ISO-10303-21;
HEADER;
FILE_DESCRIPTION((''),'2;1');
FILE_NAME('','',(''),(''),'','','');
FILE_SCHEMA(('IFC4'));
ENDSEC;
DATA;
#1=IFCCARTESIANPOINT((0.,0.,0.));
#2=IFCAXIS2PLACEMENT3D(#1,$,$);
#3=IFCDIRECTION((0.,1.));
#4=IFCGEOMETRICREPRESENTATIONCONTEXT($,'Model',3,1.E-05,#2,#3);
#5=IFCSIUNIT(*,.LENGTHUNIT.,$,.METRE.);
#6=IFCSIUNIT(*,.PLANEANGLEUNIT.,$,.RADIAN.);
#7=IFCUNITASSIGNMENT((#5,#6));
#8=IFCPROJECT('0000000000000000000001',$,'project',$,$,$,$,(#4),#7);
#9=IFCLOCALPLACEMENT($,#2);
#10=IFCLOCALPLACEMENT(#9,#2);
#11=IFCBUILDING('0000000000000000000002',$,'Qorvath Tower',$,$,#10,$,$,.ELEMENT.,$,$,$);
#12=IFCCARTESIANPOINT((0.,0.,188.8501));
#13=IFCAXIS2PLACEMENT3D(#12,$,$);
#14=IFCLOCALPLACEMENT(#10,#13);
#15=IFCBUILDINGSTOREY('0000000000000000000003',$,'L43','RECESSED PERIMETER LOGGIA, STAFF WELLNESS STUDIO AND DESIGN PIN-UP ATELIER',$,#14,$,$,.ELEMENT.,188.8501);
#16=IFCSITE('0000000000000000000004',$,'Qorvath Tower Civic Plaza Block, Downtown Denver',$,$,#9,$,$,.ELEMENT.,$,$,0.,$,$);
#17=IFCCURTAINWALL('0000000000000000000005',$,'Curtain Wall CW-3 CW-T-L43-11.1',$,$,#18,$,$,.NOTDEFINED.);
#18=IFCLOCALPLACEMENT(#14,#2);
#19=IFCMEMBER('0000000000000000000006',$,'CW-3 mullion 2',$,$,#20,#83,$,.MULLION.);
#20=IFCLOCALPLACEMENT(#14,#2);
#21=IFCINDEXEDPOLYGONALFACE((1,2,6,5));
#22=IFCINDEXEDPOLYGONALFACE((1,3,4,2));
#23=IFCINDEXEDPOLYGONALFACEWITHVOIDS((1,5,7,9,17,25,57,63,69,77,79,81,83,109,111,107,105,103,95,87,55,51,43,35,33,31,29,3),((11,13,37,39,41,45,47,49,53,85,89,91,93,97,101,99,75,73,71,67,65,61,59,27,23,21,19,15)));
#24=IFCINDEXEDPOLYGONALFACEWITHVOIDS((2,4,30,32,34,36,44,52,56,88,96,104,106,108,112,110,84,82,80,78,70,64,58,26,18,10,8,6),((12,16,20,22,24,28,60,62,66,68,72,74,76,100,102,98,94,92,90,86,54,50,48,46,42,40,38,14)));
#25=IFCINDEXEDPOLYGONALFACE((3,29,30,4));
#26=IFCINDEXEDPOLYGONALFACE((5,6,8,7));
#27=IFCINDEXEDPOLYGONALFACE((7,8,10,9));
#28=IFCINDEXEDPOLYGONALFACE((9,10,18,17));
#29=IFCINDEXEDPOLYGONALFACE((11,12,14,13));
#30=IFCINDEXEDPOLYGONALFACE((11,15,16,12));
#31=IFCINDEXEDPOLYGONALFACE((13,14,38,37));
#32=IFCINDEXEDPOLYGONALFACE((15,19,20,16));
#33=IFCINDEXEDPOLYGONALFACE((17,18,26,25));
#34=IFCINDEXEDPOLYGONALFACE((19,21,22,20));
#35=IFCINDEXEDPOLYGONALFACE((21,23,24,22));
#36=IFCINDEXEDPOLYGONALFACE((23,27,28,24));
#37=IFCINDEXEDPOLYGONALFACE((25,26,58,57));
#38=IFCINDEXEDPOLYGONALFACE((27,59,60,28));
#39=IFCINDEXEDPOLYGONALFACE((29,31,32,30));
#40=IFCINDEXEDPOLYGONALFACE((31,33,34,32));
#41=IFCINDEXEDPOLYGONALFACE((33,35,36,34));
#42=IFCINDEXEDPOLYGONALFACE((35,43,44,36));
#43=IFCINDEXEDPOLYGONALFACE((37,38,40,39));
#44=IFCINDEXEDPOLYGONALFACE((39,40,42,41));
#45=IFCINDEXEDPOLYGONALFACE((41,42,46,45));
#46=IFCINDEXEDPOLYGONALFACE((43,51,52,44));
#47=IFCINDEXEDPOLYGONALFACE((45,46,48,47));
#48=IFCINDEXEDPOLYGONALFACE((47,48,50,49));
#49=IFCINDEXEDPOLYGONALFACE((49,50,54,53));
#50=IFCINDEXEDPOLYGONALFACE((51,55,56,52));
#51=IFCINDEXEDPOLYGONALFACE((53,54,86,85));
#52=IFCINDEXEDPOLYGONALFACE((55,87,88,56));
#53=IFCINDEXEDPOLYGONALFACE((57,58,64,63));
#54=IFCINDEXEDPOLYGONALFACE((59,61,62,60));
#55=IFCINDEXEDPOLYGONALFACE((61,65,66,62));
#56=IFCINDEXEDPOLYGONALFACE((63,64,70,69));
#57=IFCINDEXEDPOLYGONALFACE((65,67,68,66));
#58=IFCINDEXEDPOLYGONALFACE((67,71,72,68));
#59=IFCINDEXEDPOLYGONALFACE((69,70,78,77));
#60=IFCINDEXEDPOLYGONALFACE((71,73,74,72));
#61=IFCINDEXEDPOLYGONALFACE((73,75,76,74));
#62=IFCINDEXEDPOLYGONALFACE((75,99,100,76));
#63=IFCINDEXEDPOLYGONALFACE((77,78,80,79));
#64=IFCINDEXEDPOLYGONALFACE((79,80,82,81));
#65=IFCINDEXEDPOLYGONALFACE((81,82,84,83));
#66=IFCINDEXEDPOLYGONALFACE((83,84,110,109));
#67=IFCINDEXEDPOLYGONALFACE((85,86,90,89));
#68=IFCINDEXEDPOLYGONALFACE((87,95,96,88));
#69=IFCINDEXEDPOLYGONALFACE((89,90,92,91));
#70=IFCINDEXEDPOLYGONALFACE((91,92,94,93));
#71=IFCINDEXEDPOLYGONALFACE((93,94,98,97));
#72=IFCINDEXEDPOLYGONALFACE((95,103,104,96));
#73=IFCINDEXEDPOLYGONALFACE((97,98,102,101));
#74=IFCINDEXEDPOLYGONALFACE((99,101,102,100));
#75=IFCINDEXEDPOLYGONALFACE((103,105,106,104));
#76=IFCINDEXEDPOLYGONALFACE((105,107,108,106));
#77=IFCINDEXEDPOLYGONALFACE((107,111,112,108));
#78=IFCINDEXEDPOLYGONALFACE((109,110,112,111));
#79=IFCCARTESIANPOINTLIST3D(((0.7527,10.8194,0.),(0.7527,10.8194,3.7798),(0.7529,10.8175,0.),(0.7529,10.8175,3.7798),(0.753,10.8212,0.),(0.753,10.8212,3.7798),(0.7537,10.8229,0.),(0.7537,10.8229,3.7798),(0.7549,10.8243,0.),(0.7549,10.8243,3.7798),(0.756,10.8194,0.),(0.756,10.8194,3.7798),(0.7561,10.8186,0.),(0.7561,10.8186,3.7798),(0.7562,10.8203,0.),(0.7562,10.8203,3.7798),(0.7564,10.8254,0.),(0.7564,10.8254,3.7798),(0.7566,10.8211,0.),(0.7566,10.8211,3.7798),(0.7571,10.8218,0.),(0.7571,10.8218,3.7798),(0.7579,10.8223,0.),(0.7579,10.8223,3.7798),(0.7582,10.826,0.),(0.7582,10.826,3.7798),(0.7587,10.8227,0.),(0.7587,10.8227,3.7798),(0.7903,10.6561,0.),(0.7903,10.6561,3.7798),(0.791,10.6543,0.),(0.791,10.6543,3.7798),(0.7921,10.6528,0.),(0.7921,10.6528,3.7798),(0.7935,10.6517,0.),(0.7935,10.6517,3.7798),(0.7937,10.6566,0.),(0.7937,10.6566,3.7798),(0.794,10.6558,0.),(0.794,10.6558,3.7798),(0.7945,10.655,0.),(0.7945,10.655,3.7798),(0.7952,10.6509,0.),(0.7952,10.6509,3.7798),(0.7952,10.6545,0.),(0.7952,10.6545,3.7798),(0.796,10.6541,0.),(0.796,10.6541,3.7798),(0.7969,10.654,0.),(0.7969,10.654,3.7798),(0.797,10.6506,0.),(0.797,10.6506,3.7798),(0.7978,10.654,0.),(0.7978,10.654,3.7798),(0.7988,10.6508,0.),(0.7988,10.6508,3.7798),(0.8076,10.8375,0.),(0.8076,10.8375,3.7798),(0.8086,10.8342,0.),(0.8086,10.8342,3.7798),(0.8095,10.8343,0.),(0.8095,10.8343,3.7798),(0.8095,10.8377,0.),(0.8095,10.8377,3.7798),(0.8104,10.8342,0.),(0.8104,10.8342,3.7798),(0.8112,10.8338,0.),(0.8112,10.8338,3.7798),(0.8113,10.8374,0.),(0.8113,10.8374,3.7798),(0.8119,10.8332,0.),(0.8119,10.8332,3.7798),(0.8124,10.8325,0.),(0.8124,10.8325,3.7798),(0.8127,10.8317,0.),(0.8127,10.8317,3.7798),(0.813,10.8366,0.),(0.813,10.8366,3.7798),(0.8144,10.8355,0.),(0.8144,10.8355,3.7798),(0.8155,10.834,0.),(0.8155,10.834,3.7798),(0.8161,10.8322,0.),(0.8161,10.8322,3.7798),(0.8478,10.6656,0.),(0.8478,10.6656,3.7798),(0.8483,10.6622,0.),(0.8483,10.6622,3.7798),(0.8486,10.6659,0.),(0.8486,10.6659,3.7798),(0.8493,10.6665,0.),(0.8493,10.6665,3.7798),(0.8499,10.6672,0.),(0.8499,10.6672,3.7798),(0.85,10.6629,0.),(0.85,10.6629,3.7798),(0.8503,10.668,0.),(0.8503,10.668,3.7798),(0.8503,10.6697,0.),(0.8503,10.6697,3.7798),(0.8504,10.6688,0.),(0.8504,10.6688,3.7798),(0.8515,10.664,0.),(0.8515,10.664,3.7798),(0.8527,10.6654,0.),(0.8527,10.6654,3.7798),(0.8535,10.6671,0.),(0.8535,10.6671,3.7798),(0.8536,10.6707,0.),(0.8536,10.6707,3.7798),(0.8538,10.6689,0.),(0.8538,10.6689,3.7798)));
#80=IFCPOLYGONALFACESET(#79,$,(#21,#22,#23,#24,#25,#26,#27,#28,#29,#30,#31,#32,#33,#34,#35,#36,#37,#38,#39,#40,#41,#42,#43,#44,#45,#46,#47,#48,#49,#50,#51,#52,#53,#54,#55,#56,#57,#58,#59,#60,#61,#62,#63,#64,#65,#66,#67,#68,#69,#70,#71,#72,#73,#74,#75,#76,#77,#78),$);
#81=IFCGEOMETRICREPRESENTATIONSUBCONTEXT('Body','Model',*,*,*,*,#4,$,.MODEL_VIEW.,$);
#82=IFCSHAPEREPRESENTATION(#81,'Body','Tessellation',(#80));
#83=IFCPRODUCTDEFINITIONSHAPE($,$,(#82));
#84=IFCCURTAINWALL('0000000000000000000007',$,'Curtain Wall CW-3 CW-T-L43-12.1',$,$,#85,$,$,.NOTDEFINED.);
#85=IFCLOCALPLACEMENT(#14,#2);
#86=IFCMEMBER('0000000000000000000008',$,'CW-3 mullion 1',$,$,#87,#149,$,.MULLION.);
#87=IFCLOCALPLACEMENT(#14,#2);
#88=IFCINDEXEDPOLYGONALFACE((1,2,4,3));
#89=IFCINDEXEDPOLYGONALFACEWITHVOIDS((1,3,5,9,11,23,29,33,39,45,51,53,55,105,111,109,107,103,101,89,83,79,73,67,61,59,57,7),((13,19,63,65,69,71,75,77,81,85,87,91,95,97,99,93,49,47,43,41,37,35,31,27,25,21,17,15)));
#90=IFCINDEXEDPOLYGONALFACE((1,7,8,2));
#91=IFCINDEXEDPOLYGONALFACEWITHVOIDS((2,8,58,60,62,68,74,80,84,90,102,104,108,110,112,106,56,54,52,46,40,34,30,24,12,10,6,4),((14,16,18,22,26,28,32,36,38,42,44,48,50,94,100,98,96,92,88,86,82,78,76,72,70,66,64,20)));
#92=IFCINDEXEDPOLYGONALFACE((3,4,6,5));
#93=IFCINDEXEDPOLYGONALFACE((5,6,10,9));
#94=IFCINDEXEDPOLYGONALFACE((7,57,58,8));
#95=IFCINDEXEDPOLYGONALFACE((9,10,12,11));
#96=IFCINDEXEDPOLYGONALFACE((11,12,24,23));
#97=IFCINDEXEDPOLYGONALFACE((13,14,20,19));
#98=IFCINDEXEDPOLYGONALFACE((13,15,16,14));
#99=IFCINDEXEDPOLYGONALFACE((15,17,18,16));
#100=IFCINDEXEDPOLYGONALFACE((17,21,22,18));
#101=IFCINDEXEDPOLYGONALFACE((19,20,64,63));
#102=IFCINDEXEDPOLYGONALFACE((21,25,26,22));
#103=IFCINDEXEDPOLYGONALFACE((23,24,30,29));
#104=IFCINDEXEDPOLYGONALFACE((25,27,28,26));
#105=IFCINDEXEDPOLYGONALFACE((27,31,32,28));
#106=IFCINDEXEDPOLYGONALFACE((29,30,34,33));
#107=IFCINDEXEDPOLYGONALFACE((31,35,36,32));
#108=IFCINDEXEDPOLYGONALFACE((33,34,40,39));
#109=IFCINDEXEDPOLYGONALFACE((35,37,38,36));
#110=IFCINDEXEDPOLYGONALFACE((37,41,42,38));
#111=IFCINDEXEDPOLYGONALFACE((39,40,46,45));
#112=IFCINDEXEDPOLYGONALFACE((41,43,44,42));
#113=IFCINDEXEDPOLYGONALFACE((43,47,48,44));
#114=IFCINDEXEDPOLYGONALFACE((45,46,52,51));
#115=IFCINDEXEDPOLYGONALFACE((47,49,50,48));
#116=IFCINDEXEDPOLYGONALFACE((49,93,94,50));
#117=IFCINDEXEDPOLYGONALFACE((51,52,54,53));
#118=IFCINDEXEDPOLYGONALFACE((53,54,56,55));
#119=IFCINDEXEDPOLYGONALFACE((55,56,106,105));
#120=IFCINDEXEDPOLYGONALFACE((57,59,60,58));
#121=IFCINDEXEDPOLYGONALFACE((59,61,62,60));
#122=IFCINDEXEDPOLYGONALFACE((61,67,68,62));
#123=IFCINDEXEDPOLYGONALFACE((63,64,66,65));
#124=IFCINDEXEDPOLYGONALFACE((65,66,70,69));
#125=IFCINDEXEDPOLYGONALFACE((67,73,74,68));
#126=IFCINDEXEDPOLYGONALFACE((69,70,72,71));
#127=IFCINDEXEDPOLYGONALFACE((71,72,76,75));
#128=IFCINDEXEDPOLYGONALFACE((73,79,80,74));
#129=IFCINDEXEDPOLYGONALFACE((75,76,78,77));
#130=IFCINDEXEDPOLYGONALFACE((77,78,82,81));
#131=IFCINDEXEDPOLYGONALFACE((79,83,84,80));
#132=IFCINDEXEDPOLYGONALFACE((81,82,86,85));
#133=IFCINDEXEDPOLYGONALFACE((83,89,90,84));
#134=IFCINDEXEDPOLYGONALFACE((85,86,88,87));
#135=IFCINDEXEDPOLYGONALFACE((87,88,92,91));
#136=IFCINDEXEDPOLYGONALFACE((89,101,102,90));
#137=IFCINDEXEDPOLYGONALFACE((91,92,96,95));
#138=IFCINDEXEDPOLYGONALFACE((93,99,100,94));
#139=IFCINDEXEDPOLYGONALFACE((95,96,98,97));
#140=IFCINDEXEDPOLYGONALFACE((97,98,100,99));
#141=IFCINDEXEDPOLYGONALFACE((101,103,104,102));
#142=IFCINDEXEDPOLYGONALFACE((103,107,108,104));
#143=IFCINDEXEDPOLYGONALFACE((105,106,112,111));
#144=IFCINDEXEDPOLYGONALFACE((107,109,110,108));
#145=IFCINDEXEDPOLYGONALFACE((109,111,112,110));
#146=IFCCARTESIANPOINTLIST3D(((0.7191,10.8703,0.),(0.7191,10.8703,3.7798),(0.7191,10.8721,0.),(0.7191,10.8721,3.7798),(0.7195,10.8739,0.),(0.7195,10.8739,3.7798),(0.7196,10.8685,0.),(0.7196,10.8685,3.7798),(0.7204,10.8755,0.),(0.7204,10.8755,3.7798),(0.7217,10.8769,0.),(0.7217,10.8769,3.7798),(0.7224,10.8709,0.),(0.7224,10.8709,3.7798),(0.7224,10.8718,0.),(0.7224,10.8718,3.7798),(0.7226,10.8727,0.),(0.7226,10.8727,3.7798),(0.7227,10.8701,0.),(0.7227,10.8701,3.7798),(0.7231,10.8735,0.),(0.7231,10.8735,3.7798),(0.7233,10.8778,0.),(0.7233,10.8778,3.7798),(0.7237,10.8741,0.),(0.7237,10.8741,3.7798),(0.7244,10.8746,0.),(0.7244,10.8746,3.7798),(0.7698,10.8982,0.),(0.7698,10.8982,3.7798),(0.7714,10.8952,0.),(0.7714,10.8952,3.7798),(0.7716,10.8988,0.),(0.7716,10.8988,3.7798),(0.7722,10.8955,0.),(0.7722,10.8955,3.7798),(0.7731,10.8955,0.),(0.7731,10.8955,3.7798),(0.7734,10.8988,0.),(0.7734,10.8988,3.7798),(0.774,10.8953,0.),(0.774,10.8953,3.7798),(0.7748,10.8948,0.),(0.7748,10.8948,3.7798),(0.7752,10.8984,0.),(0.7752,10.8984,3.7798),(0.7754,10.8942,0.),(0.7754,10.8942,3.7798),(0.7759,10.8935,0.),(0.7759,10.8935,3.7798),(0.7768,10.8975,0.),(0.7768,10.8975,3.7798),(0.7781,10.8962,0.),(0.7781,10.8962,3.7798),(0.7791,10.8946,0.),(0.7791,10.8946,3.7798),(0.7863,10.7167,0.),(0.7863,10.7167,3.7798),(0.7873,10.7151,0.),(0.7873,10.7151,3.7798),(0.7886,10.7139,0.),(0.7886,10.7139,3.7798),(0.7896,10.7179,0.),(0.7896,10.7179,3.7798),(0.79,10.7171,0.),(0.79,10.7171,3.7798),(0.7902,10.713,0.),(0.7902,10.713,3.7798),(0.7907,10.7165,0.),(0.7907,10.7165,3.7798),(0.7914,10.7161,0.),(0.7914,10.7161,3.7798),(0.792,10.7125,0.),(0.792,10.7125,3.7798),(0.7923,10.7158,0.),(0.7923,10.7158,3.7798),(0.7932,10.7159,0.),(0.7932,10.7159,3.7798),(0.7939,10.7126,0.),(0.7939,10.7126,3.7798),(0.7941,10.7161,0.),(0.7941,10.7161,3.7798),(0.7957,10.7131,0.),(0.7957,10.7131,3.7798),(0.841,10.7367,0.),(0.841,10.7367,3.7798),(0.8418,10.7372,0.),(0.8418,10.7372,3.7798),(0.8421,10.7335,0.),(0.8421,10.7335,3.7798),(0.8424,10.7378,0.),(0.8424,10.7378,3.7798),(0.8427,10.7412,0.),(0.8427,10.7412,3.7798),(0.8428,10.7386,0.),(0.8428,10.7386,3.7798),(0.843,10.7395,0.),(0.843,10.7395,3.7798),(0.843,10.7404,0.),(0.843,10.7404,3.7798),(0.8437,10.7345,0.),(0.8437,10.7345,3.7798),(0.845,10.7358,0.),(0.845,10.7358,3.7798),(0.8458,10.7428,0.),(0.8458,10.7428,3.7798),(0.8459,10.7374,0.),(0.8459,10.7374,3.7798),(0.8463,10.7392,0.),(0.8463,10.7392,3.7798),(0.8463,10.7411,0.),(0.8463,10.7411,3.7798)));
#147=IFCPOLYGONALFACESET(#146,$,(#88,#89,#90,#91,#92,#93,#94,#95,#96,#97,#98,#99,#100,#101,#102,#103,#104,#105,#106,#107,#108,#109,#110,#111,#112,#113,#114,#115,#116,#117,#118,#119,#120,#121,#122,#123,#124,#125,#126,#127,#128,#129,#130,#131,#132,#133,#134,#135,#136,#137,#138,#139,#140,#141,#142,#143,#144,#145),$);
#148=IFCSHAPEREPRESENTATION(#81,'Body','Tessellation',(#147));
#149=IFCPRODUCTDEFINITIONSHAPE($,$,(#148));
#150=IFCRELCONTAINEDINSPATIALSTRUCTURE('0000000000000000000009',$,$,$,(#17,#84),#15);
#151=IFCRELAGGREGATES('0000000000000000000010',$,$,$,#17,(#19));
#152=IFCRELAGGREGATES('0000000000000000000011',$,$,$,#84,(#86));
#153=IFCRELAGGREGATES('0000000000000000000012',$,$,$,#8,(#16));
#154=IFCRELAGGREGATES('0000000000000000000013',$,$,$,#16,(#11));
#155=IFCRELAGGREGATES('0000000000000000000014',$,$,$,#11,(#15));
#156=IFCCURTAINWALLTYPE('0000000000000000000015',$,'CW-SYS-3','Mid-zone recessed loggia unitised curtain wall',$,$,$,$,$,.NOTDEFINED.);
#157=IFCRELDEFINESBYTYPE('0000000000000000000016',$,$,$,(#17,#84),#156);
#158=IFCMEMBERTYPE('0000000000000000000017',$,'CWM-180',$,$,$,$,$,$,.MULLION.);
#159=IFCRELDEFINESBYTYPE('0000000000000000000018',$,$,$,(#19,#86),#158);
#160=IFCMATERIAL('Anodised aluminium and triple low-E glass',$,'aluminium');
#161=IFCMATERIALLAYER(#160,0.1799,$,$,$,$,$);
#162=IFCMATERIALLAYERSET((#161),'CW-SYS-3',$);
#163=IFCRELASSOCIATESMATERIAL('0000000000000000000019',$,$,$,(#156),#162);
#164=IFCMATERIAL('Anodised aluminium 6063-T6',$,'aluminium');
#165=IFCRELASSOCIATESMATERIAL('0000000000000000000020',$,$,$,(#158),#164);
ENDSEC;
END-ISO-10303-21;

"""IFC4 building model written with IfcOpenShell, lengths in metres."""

from ifc_helpers import new_model, si_unit, direction, frame, origin, origin_2d, place, context, subcontext, project, spatial, hollow_rectangle, extrude, material, layer, layer_set, material_profile, profile_set, type_object, element, aggregate, save


model = new_model("IFC4")

# Units and contexts
model_context = context("Model", 3, precision=1e-05, world=origin(), true_north=direction((0.0, 1.0)))
body_context = subcontext(model_context, "Body", "Model", "MODEL_VIEW")
ifc_project = project(units=[si_unit("LENGTHUNIT", "METRE"), si_unit("PLANEANGLEUNIT", "RADIAN")], contexts=[model_context])

# Site, building, storey
site_placement = place(None, origin())
site = spatial("IfcSite", under=ifc_project, at=site_placement, Name="Qorvath Tower Civic Plaza Block, Downtown Denver", CompositionType="ELEMENT", RefElevation=0.0)
building_placement = place(site_placement, origin())
building = spatial("IfcBuilding", under=site, at=building_placement, Name="Qorvath Tower", CompositionType="ELEMENT")
storey_placement = place(building_placement, frame((0.0, 0.0, 188.8501)))
storey = spatial("IfcBuildingStorey", under=building, at=storey_placement, Name="L43", Description="RECESSED PERIMETER LOGGIA, STAFF WELLNESS STUDIO AND DESIGN PIN-UP ATELIER", CompositionType="ELEMENT", Elevation=188.8501)

# Shared definitions
ifc_material_1 = material(Name="Anodised aluminium and triple low-E glass", Category="aluminium")
ifc_layer_1 = layer(ifc_material_1, 0.1799)
ifc_layer_set_1 = layer_set([ifc_layer_1], Name="CW-SYS-3")
curtain_wall_type = type_object("IfcCurtainWallType", Name="CW-SYS-3", Description="Mid-zone recessed loggia unitised curtain wall", PredefinedType="NOTDEFINED", material=ifc_layer_set_1)
ifc_material_2 = material(Name="Anodised aluminium 6063-T6", Category="aluminium")
ifc_material_profile_1 = material_profile(ifc_material_2, hollow_rectangle(XDim=0.0649, YDim=0.1799, WallThickness=0.0034, InnerFilletRadius=0.0034, OuterFilletRadius=0.0071, at=origin_2d()), Name="CWM 180x65")
ifc_profile_set_1 = profile_set([ifc_material_profile_1], Name="Anodised aluminium 6063-T6")
member_type_1 = type_object("IfcMemberType", Name="CWM-180", PredefinedType="MULLION", material=ifc_profile_set_1)

# Curtain wall, member
curtain_wall_1_placement = place(storey_placement, origin())
curtain_wall_1 = element("IfcCurtainWall", 1, at=curtain_wall_1_placement, inside=storey, type_object=curtain_wall_type, Name="Curtain Wall CW-3 CW-T-L43-11.1", PredefinedType="NOTDEFINED")
member_1_placement = place(storey_placement, frame((0.8032, 10.7441, 0.0), z_axis=(0.0, 0.0, 1.0), x_axis=(-0.974111, -0.226069, 0.0)))
member_1 = element("IfcMember", 2, at=member_1_placement, type_object=member_type_1, Name="CW-3 mullion 2", PredefinedType="MULLION", context=body_context, shape_type="SweptSolid", body=[
    extrude(hollow_rectangle(XDim=0.0649, YDim=0.1799, WallThickness=0.0034, InnerFilletRadius=0.0034, OuterFilletRadius=0.0071, at=origin_2d()), origin(), (0.0, 0.0, 1.0), 3.7798),
])

# Curtain wall, member
curtain_wall_2_placement = place(storey_placement, origin())
curtain_wall_2 = element("IfcCurtainWall", 3, at=curtain_wall_2_placement, inside=storey, type_object=curtain_wall_type, Name="Curtain Wall CW-3 CW-T-L43-12.1", PredefinedType="NOTDEFINED")
member_2_placement = place(storey_placement, frame((0.7827, 10.8057, 0.0), z_axis=(0.0, 0.0, 1.0), x_axis=(-0.915549, -0.402206, 0.0)))
member_2 = element("IfcMember", 4, at=member_2_placement, type_object=member_type_1, Name="CW-3 mullion 1", PredefinedType="MULLION", context=body_context, shape_type="SweptSolid", body=[
    extrude(hollow_rectangle(XDim=0.0649, YDim=0.1799, WallThickness=0.0034, InnerFilletRadius=0.0034, OuterFilletRadius=0.0071, at=origin_2d()), origin(), (0.0, 0.0, 1.0), 3.7798),
])

aggregate(curtain_wall_1, [member_1])
aggregate(curtain_wall_2, [member_2])

save(model, "model.ifc")
